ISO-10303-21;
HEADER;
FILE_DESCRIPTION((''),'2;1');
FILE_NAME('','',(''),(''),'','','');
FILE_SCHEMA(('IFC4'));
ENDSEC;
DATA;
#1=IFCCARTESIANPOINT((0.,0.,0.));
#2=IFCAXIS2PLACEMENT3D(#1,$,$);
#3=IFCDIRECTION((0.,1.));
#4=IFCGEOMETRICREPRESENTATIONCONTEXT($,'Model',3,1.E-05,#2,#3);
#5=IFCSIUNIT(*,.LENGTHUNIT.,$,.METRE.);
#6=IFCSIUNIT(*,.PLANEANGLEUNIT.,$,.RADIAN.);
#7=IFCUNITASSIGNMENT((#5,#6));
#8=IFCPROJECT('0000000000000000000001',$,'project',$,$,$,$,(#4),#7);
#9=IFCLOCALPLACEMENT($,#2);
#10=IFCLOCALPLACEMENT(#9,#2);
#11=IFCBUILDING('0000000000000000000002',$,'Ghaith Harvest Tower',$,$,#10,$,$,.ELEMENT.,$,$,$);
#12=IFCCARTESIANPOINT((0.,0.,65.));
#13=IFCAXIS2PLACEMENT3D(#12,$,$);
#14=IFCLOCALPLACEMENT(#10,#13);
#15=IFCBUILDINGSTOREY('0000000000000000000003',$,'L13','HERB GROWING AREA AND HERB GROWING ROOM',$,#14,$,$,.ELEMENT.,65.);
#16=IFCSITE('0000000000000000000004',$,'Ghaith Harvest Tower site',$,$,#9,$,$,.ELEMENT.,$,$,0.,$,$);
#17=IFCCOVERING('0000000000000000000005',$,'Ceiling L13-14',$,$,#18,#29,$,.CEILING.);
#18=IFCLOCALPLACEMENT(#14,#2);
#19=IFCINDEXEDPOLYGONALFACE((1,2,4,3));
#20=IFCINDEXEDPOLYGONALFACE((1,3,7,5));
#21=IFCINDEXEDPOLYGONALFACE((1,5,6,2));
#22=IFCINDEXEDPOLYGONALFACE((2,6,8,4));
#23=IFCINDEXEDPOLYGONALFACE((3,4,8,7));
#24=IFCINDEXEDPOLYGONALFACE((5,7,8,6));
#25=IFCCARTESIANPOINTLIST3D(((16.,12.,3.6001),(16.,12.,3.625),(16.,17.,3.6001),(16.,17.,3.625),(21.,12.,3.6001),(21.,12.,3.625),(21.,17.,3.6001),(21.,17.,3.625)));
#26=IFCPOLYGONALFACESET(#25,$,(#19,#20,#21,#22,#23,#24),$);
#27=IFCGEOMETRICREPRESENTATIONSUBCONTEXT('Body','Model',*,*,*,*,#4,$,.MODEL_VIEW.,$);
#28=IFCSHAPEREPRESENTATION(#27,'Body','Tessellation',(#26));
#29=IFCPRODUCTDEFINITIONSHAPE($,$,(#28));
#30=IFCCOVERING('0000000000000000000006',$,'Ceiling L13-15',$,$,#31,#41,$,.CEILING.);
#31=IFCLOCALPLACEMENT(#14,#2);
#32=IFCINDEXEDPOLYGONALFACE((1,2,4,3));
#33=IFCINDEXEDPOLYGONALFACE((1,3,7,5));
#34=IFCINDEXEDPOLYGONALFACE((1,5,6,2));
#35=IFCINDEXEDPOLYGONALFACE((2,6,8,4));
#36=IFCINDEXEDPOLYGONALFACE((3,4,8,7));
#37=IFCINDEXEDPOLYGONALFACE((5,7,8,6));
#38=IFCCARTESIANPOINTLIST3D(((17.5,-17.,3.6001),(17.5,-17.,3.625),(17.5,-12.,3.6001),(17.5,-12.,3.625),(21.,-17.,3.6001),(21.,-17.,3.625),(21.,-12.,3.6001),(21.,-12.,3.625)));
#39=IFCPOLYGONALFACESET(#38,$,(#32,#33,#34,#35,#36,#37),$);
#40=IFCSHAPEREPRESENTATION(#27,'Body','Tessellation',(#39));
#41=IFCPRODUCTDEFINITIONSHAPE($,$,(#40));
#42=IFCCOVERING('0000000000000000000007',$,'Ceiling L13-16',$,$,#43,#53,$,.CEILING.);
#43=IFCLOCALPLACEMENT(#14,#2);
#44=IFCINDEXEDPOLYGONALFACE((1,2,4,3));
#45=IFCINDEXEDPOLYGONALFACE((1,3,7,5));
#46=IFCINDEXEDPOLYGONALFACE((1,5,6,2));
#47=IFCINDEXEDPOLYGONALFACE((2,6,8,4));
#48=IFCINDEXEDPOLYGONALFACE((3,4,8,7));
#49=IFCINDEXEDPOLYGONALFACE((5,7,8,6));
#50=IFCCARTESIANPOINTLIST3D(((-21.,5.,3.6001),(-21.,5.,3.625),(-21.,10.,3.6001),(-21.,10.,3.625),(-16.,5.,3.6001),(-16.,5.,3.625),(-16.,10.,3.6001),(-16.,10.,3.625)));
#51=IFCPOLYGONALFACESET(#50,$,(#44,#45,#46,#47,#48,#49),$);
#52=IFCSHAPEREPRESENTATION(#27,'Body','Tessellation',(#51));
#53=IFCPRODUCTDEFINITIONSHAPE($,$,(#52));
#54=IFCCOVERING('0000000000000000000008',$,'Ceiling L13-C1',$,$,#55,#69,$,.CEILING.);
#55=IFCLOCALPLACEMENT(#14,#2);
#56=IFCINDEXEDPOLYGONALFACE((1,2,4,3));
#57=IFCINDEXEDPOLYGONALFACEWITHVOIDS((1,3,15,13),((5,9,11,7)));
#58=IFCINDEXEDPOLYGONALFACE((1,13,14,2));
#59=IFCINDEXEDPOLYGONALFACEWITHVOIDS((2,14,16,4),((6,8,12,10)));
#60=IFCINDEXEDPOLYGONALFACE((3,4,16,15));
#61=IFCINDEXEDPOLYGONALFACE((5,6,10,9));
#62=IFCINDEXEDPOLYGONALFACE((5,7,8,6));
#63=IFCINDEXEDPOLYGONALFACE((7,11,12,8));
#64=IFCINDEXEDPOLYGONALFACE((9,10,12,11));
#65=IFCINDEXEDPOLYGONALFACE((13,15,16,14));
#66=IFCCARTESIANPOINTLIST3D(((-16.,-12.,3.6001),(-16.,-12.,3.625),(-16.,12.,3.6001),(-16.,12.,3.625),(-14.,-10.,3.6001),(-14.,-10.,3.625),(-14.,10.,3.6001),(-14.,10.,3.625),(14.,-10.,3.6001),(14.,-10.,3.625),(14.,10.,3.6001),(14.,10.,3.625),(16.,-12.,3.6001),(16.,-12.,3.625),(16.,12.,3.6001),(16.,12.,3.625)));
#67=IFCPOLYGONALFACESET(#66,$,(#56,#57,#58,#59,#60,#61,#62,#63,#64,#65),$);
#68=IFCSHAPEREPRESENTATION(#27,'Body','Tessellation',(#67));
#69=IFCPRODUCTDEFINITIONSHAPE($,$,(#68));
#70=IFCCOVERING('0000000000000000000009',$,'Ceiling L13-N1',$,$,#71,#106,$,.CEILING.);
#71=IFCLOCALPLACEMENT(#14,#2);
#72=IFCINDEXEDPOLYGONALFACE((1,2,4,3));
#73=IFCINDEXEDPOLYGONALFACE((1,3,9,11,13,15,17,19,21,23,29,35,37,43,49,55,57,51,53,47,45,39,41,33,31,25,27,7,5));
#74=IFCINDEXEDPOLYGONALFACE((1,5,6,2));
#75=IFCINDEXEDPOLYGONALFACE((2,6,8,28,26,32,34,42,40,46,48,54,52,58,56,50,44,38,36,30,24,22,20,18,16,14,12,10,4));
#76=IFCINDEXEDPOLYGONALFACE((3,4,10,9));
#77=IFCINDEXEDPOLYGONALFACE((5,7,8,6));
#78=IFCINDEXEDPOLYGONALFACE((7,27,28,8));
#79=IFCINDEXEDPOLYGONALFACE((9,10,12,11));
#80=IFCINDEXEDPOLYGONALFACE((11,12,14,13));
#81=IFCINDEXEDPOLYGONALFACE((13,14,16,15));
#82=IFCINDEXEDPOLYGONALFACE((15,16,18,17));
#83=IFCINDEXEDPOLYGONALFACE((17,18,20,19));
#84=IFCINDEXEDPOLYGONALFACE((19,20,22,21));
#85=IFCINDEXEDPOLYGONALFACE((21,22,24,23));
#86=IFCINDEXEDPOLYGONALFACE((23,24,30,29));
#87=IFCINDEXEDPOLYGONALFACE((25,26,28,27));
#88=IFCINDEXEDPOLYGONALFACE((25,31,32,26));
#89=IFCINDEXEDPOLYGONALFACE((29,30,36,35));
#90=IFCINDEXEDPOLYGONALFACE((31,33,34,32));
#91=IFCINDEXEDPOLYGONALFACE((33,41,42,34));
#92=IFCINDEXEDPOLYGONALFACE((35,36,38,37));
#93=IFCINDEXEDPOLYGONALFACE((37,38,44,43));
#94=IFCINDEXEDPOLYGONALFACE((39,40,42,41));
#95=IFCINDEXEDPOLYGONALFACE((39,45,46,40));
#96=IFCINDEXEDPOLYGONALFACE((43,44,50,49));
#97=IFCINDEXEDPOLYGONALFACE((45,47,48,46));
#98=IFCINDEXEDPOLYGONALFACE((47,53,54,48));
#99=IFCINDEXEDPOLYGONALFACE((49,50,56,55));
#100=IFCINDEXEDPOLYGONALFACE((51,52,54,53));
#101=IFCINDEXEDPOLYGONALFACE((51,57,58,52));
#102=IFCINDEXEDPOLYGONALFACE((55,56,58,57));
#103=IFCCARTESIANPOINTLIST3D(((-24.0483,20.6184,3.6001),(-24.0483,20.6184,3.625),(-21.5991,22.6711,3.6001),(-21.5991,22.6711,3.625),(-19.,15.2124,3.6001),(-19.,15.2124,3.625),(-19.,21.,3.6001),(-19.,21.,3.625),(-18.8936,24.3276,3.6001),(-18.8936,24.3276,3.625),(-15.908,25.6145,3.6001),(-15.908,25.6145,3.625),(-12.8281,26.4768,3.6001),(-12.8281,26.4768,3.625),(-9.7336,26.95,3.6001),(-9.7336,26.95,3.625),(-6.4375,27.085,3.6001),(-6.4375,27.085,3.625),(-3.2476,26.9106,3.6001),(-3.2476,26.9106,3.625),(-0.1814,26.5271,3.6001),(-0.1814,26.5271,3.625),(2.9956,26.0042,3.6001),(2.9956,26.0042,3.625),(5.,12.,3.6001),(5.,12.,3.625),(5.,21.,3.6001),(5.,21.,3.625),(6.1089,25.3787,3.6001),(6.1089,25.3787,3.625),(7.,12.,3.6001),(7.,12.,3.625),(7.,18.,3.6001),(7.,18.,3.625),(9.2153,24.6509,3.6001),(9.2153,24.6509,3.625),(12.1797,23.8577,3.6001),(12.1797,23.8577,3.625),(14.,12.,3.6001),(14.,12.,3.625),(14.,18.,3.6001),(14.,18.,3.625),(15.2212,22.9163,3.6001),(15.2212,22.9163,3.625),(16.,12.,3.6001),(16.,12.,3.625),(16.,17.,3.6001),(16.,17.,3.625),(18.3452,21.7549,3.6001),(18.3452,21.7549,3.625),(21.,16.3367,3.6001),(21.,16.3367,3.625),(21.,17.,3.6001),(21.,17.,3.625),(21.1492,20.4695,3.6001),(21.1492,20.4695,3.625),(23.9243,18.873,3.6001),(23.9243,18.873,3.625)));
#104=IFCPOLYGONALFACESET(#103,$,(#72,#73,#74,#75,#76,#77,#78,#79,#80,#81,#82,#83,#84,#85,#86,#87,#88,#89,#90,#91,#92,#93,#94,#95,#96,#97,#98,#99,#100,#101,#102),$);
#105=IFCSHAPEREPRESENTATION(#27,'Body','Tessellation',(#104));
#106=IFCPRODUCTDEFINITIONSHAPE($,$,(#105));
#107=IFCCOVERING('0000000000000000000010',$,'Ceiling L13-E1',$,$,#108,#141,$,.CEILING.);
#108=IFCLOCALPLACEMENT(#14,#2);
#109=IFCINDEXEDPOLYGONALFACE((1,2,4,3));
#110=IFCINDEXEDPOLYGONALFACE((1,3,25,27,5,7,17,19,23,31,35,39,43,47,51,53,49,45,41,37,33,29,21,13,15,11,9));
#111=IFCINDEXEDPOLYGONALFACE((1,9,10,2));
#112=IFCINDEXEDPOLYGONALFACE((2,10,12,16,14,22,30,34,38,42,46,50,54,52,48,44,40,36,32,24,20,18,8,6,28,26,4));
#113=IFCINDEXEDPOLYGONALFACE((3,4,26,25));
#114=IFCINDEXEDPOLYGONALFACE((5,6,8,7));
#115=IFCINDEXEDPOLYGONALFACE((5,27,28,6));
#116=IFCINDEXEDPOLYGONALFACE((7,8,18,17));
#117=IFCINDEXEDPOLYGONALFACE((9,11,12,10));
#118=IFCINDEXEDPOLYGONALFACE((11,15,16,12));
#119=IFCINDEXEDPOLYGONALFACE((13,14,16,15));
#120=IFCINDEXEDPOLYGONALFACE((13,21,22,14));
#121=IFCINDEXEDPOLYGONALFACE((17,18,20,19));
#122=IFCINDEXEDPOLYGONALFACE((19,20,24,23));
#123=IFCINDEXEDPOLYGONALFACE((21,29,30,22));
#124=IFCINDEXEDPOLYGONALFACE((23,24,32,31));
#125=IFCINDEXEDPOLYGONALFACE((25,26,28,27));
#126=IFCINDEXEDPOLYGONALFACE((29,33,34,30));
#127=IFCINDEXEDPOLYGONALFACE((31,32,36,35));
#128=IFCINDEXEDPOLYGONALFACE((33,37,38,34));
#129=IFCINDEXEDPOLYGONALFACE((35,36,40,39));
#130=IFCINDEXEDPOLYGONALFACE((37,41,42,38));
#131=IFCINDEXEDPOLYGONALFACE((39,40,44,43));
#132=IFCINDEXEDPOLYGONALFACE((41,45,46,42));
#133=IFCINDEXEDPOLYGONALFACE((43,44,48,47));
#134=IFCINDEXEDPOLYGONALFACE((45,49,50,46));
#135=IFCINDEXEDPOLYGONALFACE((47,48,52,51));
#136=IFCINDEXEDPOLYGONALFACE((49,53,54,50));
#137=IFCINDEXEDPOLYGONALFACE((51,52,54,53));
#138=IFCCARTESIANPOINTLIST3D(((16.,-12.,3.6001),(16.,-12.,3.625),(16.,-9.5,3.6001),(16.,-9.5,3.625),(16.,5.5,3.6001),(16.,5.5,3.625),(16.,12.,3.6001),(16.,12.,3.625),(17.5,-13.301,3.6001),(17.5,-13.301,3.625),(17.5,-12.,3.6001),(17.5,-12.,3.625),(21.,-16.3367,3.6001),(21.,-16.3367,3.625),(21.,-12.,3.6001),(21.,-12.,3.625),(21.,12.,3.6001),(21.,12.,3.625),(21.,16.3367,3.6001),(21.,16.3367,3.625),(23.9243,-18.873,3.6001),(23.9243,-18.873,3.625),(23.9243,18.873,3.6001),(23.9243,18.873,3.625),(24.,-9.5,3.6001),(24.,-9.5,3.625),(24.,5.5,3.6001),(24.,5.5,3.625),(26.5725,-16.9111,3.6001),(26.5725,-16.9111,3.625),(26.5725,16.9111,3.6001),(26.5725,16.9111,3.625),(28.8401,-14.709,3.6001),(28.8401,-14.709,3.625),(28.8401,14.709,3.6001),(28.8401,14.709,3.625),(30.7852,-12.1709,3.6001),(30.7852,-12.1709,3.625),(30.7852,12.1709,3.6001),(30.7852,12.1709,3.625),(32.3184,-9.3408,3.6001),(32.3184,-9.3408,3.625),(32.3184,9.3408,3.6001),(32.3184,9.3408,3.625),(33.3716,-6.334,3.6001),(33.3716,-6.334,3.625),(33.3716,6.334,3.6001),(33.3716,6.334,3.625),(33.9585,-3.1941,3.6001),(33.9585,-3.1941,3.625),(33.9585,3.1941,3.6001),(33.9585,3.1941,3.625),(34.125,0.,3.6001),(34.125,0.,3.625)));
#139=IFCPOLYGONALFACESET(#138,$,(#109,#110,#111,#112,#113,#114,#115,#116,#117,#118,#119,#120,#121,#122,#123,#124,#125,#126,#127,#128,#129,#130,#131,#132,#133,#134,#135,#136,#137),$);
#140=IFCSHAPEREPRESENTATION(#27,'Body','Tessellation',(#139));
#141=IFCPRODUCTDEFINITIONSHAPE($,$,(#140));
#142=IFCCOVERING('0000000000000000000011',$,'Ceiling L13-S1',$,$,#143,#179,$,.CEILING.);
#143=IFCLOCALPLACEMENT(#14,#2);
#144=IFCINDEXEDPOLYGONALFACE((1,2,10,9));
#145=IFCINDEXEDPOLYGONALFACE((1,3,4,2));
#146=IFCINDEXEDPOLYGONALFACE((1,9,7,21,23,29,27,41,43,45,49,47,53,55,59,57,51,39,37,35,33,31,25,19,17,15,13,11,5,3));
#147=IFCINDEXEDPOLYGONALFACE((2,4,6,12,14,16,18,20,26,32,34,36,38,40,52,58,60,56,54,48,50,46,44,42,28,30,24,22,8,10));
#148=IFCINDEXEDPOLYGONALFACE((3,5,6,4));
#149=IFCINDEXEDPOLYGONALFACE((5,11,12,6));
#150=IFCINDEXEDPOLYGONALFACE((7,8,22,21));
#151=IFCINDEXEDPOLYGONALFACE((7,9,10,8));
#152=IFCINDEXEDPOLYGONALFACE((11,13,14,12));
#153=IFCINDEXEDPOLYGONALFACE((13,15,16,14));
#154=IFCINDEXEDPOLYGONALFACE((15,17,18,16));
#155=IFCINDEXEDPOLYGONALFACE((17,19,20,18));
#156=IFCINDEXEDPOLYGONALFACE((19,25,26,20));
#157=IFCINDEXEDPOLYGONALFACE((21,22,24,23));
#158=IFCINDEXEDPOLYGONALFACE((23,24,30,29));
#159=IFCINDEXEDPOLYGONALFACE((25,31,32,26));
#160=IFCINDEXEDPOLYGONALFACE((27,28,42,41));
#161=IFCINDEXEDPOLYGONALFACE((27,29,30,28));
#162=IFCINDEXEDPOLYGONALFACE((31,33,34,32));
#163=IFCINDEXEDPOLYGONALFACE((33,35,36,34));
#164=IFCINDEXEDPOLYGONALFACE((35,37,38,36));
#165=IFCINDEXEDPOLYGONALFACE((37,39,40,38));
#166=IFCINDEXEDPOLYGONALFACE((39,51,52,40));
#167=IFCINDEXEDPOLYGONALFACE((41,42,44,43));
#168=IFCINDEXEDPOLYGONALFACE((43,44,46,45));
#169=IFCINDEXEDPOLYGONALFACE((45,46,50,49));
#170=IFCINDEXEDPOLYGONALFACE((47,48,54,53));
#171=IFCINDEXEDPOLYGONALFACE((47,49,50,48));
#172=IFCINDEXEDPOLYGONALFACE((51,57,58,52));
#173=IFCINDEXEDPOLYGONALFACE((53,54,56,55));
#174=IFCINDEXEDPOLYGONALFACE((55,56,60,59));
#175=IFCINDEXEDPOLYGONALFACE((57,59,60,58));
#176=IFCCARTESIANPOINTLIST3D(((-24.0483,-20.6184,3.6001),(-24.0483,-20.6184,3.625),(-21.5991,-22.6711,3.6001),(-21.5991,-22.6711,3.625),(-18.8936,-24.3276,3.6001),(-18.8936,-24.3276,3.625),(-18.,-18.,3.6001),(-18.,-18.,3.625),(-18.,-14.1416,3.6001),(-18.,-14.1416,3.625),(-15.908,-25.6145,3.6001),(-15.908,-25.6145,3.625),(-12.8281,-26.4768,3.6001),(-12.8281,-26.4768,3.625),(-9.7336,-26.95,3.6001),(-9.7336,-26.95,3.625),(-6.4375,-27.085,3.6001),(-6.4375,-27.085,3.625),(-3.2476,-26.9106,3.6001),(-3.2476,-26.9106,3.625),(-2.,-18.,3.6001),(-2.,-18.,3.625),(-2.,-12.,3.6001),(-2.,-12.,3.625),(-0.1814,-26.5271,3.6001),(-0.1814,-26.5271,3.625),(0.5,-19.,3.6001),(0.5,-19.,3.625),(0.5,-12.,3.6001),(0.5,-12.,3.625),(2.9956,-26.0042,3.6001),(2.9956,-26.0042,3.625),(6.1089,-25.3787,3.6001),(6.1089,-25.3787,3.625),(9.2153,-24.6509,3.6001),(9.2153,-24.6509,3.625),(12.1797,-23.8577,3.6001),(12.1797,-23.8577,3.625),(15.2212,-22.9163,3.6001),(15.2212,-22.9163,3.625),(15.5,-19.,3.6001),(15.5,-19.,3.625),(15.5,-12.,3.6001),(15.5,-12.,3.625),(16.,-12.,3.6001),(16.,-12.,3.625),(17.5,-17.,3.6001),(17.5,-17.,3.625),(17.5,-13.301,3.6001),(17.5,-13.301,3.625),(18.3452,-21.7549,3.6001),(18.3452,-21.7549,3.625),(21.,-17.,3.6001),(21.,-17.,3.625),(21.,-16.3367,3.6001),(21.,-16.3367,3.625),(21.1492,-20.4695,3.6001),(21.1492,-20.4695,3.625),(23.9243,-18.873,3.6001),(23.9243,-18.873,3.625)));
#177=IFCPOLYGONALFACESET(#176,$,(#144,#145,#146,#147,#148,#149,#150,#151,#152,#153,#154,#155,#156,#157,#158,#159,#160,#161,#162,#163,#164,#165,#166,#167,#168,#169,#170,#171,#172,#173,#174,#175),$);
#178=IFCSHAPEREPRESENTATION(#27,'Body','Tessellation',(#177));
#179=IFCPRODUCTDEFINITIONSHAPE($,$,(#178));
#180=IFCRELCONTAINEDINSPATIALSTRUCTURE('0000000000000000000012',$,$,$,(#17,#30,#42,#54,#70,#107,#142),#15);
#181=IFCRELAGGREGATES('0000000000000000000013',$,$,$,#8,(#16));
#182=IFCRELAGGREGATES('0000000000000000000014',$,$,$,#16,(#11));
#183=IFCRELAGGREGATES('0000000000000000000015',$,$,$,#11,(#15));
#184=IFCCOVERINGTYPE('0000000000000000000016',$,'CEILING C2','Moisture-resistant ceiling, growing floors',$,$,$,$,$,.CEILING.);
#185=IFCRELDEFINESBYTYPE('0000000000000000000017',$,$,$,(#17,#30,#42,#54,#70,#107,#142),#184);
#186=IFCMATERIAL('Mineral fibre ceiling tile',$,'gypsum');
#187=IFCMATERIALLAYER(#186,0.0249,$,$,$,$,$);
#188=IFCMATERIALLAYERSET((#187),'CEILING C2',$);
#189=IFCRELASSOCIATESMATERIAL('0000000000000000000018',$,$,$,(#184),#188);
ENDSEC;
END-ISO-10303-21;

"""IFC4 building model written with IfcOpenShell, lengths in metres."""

from ifc_helpers import new_model, si_unit, direction, frame, origin, place, context, subcontext, project, spatial, polyline, outline, extrude, material, layer, layer_set, type_object, element, save


model = new_model("IFC4")

# Units and contexts
model_context = context("Model", 3, precision=1e-05, world=origin(), true_north=direction((0.0, 1.0)))
body_context = subcontext(model_context, "Body", "Model", "MODEL_VIEW")
ifc_project = project(units=[si_unit("LENGTHUNIT", "METRE"), si_unit("PLANEANGLEUNIT", "RADIAN")], contexts=[model_context])

# Site, building, storey
site_placement = place(None, origin())
site = spatial("IfcSite", under=ifc_project, at=site_placement, Name="Ghaith Harvest Tower site", CompositionType="ELEMENT", RefElevation=0.0)
building_placement = place(site_placement, origin())
building = spatial("IfcBuilding", under=site, at=building_placement, Name="Ghaith Harvest Tower", CompositionType="ELEMENT")
storey_placement = place(building_placement, frame((0.0, 0.0, 65.0)))
storey = spatial("IfcBuildingStorey", under=building, at=storey_placement, Name="L13", Description="HERB GROWING AREA AND HERB GROWING ROOM", CompositionType="ELEMENT", Elevation=65.0)

# Coverings
ifc_material_1 = material(Name="Mineral fibre ceiling tile", Category="gypsum")
ifc_layer_1 = layer(ifc_material_1, 0.0249)
ifc_layer_set_1 = layer_set([ifc_layer_1], Name="CEILING C2")
covering_type = type_object("IfcCoveringType", Name="CEILING C2", Description="Moisture-resistant ceiling, growing floors", PredefinedType="CEILING", material=ifc_layer_set_1)
covering_1_placement = place(storey_placement, frame((0.0, 0.0, 3.6001)))
element("IfcCovering", 1, at=covering_1_placement, inside=storey, type_object=covering_type, Name="Ceiling L13-14", PredefinedType="CEILING", context=body_context, shape_type="SweptSolid", body=[
    extrude(outline(polyline([(16.0, 12.0), (21.0, 12.0), (21.0, 17.0), (16.0, 17.0), (16.0, 12.0)])), origin(), (0.0, 0.0, 1.0), 0.0249),
])
covering_2_placement = place(storey_placement, frame((0.0, 0.0, 3.6001)))
element("IfcCovering", 2, at=covering_2_placement, inside=storey, type_object=covering_type, Name="Ceiling L13-15", PredefinedType="CEILING", context=body_context, shape_type="SweptSolid", body=[
    extrude(outline(polyline([(17.5, -17.0), (21.0, -17.0), (21.0, -12.0), (17.5, -12.0), (17.5, -17.0)])), origin(), (0.0, 0.0, 1.0), 0.0249),
])
covering_3_placement = place(storey_placement, frame((0.0, 0.0, 3.6001)))
element("IfcCovering", 3, at=covering_3_placement, inside=storey, type_object=covering_type, Name="Ceiling L13-16", PredefinedType="CEILING", context=body_context, shape_type="SweptSolid", body=[
    extrude(outline(polyline([(-21.0, 5.0), (-16.0, 5.0), (-16.0, 10.0), (-21.0, 10.0), (-21.0, 5.0)])), origin(), (0.0, 0.0, 1.0), 0.0249),
])
covering_4_placement = place(storey_placement, frame((0.0, 0.0, 3.6001)))
element("IfcCovering", 4, at=covering_4_placement, inside=storey, type_object=covering_type, Name="Ceiling L13-C1", PredefinedType="CEILING", context=body_context, shape_type="SweptSolid", body=[
    extrude(outline(polyline([(-16.0, 12.0), (16.0, 12.0), (16.0, -12.0), (-16.0, -12.0), (-16.0, 12.0)]), holes=[polyline([(14.0, 10.0), (-14.0, 10.0), (-14.0, -10.0), (14.0, -10.0), (14.0, 10.0)])]), origin(), (0.0, 0.0, 1.0), 0.0249),
])
covering_5_placement = place(storey_placement, frame((0.0, 0.0, 3.6001)))
element("IfcCovering", 5, at=covering_5_placement, inside=storey, type_object=covering_type, Name="Ceiling L13-N1", PredefinedType="CEILING", context=body_context, shape_type="SweptSolid", body=[
    extrude(outline(polyline([(-21.5991, 22.6711), (-18.8936, 24.3276), (-15.908, 25.6145), (-12.8281, 26.4768), (-9.7336, 26.95), (-6.4375, 27.085), (-3.2476, 26.9106), (-0.1814, 26.5271), (2.9956, 26.0042), (6.1089, 25.3787), (9.2153, 24.6509), (12.1797, 23.8577), (15.2212, 22.9163), (18.3452, 21.7549), (21.1492, 20.4695), (23.9243, 18.873), (21.0, 16.3367), (21.0, 17.0), (16.0, 17.0), (16.0, 12.0), (14.0, 12.0), (14.0, 18.0), (7.0, 18.0), (7.0, 12.0), (5.0, 12.0), (5.0, 21.0), (-19.0, 21.0), (-19.0, 15.2124), (-24.0483, 20.6184), (-21.5991, 22.6711)])), origin(), (0.0, 0.0, 1.0), 0.0249),
])
covering_6_placement = place(storey_placement, frame((0.0, 0.0, 3.6001)))
element("IfcCovering", 6, at=covering_6_placement, inside=storey, type_object=covering_type, Name="Ceiling L13-E1", PredefinedType="CEILING", context=body_context, shape_type="SweptSolid", body=[
    extrude(outline(polyline([(26.5725, 16.9111), (28.8401, 14.709), (30.7852, 12.1709), (32.3184, 9.3408), (33.3716, 6.334), (33.9585, 3.1941), (34.125, 0.0), (33.9585, -3.1941), (33.3716, -6.334), (32.3184, -9.3408), (30.7852, -12.1709), (28.8401, -14.709), (26.5725, -16.9111), (23.9243, -18.873), (21.0, -16.3367), (21.0, -12.0), (17.5, -12.0), (17.5, -13.301), (16.0, -12.0), (16.0, -9.5), (24.0, -9.5), (24.0, 5.5), (16.0, 5.5), (16.0, 12.0), (21.0, 12.0), (21.0, 16.3367), (23.9243, 18.873), (26.5725, 16.9111)])), origin(), (0.0, 0.0, 1.0), 0.0249),
])
covering_7_placement = place(storey_placement, frame((0.0, 0.0, 3.6001)))
element("IfcCovering", 7, at=covering_7_placement, inside=storey, type_object=covering_type, Name="Ceiling L13-S1", PredefinedType="CEILING", context=body_context, shape_type="SweptSolid", body=[
    extrude(outline(polyline([(-12.8281, -26.4768), (-15.908, -25.6145), (-18.8936, -24.3276), (-21.5991, -22.6711), (-24.0483, -20.6184), (-18.0, -14.1416), (-18.0, -18.0), (-2.0, -18.0), (-2.0, -12.0), (0.5, -12.0), (0.5, -19.0), (15.5, -19.0), (15.5, -12.0), (16.0, -12.0), (17.5, -13.301), (17.5, -17.0), (21.0, -17.0), (21.0, -16.3367), (23.9243, -18.873), (21.1492, -20.4695), (18.3452, -21.7549), (15.2212, -22.9163), (12.1797, -23.8577), (9.2153, -24.6509), (6.1089, -25.3787), (2.9956, -26.0042), (-0.1814, -26.5271), (-3.2476, -26.9106), (-6.4375, -27.085), (-9.7336, -26.95), (-12.8281, -26.4768)])), origin(), (0.0, 0.0, 1.0), 0.0249),
])

save(model, "model.ifc")
